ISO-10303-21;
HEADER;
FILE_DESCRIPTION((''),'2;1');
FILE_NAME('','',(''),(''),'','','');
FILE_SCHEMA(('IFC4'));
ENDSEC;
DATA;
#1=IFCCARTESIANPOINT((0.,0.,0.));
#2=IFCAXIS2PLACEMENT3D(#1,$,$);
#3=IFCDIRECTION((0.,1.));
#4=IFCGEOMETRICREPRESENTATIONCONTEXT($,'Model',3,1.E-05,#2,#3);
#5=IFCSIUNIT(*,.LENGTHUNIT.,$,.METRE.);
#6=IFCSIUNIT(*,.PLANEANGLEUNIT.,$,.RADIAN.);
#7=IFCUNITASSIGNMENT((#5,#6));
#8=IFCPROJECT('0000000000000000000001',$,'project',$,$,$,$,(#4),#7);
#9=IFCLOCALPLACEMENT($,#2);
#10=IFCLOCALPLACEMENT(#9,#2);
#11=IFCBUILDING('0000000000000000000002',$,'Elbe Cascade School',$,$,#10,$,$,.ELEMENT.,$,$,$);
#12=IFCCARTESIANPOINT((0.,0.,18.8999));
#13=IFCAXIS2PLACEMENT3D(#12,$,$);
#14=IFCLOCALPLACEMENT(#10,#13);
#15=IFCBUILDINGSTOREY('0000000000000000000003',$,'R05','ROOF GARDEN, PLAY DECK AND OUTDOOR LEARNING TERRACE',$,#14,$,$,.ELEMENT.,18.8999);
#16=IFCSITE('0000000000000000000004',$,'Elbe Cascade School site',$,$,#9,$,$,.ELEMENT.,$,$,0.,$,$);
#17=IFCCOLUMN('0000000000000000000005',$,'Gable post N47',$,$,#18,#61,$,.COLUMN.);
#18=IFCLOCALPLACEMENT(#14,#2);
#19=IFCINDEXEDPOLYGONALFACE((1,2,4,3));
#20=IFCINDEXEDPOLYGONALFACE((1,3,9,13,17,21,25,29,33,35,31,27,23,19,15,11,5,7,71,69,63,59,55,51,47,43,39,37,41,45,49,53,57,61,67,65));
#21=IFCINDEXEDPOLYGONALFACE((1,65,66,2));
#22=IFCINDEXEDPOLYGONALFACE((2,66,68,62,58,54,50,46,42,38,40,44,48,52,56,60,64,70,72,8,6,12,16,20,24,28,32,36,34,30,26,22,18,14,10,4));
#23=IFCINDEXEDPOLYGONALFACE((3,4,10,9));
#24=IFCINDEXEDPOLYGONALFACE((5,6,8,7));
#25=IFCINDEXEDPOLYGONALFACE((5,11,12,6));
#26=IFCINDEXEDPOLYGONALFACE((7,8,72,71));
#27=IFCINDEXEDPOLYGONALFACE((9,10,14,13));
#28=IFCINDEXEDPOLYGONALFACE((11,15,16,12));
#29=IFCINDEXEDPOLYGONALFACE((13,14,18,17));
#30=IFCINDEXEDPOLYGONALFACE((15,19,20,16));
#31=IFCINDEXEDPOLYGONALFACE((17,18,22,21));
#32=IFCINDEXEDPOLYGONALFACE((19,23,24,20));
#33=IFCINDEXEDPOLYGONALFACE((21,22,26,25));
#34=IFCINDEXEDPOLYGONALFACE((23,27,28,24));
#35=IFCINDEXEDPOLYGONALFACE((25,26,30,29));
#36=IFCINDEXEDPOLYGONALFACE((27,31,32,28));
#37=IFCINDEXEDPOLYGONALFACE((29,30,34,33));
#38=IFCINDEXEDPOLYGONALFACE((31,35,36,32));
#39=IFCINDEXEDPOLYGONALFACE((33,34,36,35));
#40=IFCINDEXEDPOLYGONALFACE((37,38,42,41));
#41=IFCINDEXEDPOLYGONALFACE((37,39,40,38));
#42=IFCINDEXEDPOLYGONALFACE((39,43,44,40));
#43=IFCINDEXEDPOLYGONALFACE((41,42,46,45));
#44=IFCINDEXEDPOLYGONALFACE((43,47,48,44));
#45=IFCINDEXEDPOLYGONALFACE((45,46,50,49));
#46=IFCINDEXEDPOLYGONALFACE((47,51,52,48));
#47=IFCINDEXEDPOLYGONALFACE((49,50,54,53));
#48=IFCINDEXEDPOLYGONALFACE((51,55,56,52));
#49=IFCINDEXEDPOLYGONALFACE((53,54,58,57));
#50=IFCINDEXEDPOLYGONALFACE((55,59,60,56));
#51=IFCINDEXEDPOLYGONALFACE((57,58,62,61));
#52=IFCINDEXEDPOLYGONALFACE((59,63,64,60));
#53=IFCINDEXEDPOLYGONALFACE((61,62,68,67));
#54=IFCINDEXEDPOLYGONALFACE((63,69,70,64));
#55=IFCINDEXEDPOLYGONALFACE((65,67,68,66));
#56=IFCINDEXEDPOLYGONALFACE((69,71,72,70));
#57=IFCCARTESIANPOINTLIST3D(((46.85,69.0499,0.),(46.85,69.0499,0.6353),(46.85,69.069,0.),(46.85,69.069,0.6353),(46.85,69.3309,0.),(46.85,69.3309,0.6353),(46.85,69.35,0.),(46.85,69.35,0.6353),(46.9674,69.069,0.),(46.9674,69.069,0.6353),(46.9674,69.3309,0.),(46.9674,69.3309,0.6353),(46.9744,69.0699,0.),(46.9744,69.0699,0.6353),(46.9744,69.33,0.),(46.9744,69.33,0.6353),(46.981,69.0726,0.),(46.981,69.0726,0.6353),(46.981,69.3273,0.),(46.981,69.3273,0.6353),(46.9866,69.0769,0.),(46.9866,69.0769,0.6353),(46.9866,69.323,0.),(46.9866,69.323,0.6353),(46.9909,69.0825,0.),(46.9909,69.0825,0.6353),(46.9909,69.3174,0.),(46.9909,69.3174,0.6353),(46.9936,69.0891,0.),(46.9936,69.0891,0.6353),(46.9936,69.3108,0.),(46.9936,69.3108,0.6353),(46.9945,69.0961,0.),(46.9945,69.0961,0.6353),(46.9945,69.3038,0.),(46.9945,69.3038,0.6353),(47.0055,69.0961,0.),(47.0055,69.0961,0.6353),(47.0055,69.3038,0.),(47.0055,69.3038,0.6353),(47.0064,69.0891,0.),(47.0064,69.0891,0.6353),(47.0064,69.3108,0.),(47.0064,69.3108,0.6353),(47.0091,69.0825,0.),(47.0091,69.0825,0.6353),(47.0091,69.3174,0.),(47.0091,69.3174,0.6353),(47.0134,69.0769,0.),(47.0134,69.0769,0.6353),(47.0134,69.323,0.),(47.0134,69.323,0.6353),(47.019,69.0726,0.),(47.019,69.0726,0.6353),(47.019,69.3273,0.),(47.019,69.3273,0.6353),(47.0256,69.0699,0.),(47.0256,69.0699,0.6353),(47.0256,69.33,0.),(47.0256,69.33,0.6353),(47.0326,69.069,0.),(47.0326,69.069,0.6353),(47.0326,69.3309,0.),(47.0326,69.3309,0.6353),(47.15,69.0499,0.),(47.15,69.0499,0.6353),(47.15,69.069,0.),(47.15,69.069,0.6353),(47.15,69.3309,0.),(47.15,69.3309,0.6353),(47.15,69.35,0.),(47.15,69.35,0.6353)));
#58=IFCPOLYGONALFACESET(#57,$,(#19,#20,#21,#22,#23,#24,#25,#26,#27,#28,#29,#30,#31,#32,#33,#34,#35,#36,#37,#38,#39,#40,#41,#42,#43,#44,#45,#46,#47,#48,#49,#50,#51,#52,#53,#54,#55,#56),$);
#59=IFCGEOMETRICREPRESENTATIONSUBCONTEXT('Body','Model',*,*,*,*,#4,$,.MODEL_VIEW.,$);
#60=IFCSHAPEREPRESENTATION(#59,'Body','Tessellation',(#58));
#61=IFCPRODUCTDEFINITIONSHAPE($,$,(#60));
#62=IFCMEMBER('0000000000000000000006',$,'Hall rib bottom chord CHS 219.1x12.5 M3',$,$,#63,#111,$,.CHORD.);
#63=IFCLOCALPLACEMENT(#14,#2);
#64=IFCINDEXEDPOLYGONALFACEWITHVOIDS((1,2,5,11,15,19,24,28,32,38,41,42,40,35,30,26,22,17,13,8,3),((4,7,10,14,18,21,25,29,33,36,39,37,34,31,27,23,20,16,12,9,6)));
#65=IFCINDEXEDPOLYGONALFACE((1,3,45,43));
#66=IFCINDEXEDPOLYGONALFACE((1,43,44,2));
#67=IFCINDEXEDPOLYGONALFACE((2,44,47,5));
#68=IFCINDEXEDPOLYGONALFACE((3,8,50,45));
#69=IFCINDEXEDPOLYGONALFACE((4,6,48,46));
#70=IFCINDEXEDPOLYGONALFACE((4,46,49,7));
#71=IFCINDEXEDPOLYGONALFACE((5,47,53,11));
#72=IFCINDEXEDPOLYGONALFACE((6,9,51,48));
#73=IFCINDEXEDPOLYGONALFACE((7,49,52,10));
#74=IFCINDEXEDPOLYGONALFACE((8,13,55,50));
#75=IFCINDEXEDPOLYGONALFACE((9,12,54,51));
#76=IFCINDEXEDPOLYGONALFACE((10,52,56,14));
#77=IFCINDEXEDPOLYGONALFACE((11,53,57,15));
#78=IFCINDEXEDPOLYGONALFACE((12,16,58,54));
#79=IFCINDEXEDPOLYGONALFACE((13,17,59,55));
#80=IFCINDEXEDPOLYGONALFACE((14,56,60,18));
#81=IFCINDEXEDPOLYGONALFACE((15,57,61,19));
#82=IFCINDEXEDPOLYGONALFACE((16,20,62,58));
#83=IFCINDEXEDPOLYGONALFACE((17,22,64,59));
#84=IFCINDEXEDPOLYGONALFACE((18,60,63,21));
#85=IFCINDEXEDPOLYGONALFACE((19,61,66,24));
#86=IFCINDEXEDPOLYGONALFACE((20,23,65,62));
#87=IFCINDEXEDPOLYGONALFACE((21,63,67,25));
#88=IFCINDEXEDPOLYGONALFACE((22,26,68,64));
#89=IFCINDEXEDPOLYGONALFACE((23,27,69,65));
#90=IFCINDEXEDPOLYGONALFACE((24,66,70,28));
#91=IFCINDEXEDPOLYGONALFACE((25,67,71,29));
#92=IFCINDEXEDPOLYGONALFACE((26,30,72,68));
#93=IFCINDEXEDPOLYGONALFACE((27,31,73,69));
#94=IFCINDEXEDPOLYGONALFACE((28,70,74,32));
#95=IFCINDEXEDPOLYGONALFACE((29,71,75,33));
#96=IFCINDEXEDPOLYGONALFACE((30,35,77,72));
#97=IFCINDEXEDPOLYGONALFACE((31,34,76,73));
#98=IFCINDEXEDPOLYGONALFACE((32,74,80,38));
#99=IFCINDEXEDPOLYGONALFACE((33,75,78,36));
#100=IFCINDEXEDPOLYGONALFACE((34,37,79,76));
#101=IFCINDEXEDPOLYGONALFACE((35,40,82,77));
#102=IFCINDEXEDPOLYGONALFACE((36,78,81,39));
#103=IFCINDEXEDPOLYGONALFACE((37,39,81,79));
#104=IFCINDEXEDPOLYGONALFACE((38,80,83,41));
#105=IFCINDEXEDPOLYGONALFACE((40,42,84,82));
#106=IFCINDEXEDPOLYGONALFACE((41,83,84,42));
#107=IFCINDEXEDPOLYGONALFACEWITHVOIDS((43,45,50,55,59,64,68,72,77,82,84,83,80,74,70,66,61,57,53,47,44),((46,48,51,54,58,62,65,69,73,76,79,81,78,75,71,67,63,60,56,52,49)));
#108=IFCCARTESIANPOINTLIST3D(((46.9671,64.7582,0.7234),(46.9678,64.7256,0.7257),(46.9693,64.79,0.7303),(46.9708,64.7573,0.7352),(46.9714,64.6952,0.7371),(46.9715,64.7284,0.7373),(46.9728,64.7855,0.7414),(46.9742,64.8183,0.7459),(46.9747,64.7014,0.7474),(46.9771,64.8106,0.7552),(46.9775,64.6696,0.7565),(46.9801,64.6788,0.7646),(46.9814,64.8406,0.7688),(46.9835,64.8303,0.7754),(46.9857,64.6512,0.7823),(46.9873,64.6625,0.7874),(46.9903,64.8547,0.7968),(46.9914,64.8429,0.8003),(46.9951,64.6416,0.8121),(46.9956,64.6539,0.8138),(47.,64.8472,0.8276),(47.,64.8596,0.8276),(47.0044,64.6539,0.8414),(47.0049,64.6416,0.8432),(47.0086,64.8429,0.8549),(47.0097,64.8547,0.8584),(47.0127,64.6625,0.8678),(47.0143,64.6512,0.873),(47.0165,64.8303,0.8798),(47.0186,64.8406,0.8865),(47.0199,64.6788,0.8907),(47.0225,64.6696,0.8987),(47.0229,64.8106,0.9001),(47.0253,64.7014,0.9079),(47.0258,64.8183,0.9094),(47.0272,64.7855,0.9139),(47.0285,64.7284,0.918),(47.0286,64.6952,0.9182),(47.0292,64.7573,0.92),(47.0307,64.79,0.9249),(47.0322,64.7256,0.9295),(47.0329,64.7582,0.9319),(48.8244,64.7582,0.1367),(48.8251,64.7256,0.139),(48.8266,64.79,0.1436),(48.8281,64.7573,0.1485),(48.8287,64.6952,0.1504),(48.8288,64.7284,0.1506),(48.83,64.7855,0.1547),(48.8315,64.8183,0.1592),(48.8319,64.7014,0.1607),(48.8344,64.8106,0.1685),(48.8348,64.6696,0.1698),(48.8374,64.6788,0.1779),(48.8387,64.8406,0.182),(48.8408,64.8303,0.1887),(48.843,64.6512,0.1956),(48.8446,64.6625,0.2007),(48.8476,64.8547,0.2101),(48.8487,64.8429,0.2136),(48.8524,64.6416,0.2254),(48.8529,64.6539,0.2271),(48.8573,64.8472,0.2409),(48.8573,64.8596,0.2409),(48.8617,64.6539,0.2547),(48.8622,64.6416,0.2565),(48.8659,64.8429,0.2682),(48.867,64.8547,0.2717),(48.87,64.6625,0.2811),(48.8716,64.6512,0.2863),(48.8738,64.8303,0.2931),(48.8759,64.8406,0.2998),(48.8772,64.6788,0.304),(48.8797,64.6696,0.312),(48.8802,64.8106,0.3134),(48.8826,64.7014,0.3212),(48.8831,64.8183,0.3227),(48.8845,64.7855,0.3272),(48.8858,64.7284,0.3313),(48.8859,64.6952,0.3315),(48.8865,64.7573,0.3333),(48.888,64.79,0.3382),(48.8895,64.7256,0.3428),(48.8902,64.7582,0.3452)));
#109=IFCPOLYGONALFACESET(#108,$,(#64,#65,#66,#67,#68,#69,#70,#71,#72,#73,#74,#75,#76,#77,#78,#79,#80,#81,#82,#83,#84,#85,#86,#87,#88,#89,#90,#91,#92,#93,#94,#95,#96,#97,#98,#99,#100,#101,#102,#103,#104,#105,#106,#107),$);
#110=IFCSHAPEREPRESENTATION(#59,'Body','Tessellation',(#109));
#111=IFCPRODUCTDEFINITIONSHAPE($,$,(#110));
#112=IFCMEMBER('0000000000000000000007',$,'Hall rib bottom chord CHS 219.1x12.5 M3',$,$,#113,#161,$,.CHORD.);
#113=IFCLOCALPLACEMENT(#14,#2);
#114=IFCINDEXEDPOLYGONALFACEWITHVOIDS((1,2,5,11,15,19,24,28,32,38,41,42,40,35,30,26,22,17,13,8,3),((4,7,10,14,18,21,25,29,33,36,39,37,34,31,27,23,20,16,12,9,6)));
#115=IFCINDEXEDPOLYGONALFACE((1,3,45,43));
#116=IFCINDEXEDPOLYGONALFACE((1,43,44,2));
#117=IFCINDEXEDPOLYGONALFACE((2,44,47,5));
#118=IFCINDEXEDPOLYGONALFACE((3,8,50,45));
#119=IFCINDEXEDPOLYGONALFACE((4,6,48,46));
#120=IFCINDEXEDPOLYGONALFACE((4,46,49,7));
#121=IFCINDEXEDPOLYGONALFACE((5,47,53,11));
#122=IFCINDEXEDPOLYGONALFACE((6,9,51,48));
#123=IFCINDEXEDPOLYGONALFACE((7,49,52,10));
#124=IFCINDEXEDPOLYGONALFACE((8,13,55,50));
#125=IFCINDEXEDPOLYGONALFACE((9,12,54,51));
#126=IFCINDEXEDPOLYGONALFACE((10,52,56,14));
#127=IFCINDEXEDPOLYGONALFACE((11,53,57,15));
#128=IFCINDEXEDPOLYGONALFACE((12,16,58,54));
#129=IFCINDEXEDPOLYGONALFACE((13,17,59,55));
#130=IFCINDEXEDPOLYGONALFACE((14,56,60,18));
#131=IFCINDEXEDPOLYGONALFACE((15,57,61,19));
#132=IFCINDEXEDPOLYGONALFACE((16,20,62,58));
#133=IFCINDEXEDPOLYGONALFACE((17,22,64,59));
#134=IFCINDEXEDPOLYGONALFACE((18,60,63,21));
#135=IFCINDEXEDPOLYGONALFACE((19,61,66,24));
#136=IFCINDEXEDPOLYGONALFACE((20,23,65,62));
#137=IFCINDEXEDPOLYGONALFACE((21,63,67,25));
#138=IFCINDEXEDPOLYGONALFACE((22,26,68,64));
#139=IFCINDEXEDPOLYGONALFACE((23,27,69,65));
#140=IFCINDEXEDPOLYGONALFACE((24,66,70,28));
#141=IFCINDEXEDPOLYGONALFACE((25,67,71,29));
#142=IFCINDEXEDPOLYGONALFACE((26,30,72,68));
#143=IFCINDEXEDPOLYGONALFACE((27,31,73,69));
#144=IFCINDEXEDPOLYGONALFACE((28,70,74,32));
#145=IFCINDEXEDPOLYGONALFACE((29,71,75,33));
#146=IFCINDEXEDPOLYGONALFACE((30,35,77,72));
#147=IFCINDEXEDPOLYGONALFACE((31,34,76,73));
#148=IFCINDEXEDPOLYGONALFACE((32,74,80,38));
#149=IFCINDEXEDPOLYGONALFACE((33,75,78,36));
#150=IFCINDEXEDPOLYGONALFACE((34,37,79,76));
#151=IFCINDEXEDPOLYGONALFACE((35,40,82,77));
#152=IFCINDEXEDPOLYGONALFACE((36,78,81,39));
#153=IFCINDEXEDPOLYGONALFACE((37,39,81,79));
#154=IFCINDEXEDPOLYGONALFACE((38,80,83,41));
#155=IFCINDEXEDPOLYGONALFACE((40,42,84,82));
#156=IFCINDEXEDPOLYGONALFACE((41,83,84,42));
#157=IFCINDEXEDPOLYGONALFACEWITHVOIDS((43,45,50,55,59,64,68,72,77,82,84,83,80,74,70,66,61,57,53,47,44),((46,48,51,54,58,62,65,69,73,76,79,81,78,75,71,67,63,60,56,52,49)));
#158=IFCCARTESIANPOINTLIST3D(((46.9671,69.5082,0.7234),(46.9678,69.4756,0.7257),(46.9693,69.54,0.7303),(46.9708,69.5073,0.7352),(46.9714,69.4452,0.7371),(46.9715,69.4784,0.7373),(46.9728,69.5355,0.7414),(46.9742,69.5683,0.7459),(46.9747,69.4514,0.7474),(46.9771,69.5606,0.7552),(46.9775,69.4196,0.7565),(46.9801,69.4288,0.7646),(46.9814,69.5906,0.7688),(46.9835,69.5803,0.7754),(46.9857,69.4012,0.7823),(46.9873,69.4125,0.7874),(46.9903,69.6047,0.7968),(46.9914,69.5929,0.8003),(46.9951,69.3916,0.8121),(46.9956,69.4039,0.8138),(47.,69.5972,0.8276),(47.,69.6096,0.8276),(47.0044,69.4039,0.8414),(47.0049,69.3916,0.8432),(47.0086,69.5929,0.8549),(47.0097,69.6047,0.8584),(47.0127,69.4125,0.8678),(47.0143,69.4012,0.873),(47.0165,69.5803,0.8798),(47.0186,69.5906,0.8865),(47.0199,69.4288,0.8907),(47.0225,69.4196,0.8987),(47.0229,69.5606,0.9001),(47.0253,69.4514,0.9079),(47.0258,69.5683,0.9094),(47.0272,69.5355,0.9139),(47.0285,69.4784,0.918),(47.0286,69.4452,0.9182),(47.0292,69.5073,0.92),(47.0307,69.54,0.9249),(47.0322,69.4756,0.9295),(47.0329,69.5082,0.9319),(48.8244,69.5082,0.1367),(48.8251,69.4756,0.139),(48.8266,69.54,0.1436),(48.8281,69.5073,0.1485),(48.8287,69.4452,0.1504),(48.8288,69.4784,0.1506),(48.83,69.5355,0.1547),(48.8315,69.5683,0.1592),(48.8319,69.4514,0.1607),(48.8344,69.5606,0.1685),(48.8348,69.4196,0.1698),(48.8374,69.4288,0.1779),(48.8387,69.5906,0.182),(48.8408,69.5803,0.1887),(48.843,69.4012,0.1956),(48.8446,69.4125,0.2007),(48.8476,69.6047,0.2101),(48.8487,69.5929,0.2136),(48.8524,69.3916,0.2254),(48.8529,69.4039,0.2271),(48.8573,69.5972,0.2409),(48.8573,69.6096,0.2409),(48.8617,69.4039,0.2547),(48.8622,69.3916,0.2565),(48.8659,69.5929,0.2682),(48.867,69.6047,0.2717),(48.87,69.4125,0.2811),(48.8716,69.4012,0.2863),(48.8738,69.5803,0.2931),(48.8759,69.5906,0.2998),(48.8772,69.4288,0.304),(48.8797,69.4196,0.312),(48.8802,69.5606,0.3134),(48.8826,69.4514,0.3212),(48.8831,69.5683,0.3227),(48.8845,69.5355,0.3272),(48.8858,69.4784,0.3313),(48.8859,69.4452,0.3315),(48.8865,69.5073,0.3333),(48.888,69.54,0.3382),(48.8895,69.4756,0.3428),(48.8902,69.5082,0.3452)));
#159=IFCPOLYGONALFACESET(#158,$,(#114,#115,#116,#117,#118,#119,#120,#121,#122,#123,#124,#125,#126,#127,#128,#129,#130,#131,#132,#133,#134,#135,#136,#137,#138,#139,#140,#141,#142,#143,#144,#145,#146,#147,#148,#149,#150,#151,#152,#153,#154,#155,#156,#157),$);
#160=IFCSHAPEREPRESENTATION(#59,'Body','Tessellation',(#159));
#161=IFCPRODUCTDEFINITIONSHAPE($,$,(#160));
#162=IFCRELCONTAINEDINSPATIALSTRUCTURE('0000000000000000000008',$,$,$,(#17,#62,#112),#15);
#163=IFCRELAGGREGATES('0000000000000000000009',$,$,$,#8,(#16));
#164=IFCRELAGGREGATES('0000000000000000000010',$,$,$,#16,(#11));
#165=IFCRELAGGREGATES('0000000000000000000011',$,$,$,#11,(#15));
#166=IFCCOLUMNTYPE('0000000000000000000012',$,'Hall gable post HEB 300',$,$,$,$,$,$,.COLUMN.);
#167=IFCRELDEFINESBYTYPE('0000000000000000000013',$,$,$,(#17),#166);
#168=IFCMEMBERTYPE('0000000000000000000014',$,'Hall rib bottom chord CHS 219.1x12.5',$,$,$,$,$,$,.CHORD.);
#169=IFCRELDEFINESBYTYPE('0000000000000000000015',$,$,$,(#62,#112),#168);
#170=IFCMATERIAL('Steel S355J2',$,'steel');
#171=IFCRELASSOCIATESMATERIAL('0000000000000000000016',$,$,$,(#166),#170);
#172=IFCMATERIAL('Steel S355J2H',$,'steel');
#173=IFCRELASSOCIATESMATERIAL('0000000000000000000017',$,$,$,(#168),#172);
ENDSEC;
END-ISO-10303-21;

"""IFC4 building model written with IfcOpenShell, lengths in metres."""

from ifc_helpers import new_model, si_unit, direction, frame, origin, origin_2d, place, context, subcontext, project, spatial, hollow_circle, i_section, extrude, material, material_profile, profile_set, type_object, element, save


model = new_model("IFC4")

# Units and contexts
model_context = context("Model", 3, precision=1e-05, world=origin(), true_north=direction((0.0, 1.0)))
body_context = subcontext(model_context, "Body", "Model", "MODEL_VIEW")
ifc_project = project(units=[si_unit("LENGTHUNIT", "METRE"), si_unit("PLANEANGLEUNIT", "RADIAN")], contexts=[model_context])

# Site, building, storey
site_placement = place(None, origin())
site = spatial("IfcSite", under=ifc_project, at=site_placement, Name="Elbe Cascade School site", CompositionType="ELEMENT", RefElevation=0.0)
building_placement = place(site_placement, origin())
building = spatial("IfcBuilding", under=site, at=building_placement, Name="Elbe Cascade School", CompositionType="ELEMENT")
storey_placement = place(building_placement, frame((0.0, 0.0, 18.8999)))
storey = spatial("IfcBuildingStorey", under=building, at=storey_placement, Name="R05", Description="ROOF GARDEN, PLAY DECK AND OUTDOOR LEARNING TERRACE", CompositionType="ELEMENT", Elevation=18.8999)

# Column
ifc_material_1 = material(Name="Steel S355J2", Category="steel")
ifc_material_profile_1 = material_profile(ifc_material_1, i_section(OverallWidth=0.3, OverallDepth=0.3, WebThickness=0.011, FlangeThickness=0.019, FilletRadius=0.0271, at=origin_2d()), Name="HEB 300")
ifc_profile_set_1 = profile_set([ifc_material_profile_1], Name="Steel S355J2")
column_type = type_object("IfcColumnType", Name="Hall gable post HEB 300", PredefinedType="COLUMN", material=ifc_profile_set_1)
column_placement = place(storey_placement, frame((47.0, 69.2, 0.0), z_axis=(0.0, 0.0, 1.0), x_axis=(1.0, 0.0, 0.0)))
element("IfcColumn", 1, at=column_placement, inside=storey, type_object=column_type, Name="Gable post N47", PredefinedType="COLUMN", context=body_context, shape_type="SweptSolid", body=[
    extrude(i_section(OverallWidth=0.3, OverallDepth=0.3, WebThickness=0.011, FlangeThickness=0.019, FilletRadius=0.0271, at=origin_2d()), origin(), (0.0, 0.0, 1.0), 0.6353),
])

# Members
ifc_material_2 = material(Name="Steel S355J2H", Category="steel")
ifc_material_profile_2 = material_profile(ifc_material_2, hollow_circle(Radius=0.1096, WallThickness=0.0125, at=origin_2d()), Name="CHS 219.1x12.5")
ifc_profile_set_2 = profile_set([ifc_material_profile_2], Name="Steel S355J2H")
member_type_1 = type_object("IfcMemberType", Name="Hall rib bottom chord CHS 219.1x12.5", PredefinedType="CHORD", material=ifc_profile_set_2)
for number, where, z_axis, x_axis, name in (
    (2, (47.0, 64.75, 0.8276), (0.953554, 0.0, -0.301221), (0.0, 1.0, 0.0), "Hall rib bottom chord CHS 219.1x12.5 M3"),
    (3, (47.0, 69.5, 0.8276), (0.953554, 0.0, -0.301221), (0.0, 1.0, 0.0), "Hall rib bottom chord CHS 219.1x12.5 M3"),
):
    element("IfcMember", number, at=place(storey_placement, frame(where, z_axis=z_axis, x_axis=x_axis)), inside=storey, type_object=member_type_1, Name=name, PredefinedType="CHORD", context=body_context, shape_type="SweptSolid", body=[
        extrude(hollow_circle(Radius=0.1096, WallThickness=0.0125, at=origin_2d()), origin(), (0.0, 0.0, 1.0), 1.9478),
    ])

save(model, "model.ifc")
